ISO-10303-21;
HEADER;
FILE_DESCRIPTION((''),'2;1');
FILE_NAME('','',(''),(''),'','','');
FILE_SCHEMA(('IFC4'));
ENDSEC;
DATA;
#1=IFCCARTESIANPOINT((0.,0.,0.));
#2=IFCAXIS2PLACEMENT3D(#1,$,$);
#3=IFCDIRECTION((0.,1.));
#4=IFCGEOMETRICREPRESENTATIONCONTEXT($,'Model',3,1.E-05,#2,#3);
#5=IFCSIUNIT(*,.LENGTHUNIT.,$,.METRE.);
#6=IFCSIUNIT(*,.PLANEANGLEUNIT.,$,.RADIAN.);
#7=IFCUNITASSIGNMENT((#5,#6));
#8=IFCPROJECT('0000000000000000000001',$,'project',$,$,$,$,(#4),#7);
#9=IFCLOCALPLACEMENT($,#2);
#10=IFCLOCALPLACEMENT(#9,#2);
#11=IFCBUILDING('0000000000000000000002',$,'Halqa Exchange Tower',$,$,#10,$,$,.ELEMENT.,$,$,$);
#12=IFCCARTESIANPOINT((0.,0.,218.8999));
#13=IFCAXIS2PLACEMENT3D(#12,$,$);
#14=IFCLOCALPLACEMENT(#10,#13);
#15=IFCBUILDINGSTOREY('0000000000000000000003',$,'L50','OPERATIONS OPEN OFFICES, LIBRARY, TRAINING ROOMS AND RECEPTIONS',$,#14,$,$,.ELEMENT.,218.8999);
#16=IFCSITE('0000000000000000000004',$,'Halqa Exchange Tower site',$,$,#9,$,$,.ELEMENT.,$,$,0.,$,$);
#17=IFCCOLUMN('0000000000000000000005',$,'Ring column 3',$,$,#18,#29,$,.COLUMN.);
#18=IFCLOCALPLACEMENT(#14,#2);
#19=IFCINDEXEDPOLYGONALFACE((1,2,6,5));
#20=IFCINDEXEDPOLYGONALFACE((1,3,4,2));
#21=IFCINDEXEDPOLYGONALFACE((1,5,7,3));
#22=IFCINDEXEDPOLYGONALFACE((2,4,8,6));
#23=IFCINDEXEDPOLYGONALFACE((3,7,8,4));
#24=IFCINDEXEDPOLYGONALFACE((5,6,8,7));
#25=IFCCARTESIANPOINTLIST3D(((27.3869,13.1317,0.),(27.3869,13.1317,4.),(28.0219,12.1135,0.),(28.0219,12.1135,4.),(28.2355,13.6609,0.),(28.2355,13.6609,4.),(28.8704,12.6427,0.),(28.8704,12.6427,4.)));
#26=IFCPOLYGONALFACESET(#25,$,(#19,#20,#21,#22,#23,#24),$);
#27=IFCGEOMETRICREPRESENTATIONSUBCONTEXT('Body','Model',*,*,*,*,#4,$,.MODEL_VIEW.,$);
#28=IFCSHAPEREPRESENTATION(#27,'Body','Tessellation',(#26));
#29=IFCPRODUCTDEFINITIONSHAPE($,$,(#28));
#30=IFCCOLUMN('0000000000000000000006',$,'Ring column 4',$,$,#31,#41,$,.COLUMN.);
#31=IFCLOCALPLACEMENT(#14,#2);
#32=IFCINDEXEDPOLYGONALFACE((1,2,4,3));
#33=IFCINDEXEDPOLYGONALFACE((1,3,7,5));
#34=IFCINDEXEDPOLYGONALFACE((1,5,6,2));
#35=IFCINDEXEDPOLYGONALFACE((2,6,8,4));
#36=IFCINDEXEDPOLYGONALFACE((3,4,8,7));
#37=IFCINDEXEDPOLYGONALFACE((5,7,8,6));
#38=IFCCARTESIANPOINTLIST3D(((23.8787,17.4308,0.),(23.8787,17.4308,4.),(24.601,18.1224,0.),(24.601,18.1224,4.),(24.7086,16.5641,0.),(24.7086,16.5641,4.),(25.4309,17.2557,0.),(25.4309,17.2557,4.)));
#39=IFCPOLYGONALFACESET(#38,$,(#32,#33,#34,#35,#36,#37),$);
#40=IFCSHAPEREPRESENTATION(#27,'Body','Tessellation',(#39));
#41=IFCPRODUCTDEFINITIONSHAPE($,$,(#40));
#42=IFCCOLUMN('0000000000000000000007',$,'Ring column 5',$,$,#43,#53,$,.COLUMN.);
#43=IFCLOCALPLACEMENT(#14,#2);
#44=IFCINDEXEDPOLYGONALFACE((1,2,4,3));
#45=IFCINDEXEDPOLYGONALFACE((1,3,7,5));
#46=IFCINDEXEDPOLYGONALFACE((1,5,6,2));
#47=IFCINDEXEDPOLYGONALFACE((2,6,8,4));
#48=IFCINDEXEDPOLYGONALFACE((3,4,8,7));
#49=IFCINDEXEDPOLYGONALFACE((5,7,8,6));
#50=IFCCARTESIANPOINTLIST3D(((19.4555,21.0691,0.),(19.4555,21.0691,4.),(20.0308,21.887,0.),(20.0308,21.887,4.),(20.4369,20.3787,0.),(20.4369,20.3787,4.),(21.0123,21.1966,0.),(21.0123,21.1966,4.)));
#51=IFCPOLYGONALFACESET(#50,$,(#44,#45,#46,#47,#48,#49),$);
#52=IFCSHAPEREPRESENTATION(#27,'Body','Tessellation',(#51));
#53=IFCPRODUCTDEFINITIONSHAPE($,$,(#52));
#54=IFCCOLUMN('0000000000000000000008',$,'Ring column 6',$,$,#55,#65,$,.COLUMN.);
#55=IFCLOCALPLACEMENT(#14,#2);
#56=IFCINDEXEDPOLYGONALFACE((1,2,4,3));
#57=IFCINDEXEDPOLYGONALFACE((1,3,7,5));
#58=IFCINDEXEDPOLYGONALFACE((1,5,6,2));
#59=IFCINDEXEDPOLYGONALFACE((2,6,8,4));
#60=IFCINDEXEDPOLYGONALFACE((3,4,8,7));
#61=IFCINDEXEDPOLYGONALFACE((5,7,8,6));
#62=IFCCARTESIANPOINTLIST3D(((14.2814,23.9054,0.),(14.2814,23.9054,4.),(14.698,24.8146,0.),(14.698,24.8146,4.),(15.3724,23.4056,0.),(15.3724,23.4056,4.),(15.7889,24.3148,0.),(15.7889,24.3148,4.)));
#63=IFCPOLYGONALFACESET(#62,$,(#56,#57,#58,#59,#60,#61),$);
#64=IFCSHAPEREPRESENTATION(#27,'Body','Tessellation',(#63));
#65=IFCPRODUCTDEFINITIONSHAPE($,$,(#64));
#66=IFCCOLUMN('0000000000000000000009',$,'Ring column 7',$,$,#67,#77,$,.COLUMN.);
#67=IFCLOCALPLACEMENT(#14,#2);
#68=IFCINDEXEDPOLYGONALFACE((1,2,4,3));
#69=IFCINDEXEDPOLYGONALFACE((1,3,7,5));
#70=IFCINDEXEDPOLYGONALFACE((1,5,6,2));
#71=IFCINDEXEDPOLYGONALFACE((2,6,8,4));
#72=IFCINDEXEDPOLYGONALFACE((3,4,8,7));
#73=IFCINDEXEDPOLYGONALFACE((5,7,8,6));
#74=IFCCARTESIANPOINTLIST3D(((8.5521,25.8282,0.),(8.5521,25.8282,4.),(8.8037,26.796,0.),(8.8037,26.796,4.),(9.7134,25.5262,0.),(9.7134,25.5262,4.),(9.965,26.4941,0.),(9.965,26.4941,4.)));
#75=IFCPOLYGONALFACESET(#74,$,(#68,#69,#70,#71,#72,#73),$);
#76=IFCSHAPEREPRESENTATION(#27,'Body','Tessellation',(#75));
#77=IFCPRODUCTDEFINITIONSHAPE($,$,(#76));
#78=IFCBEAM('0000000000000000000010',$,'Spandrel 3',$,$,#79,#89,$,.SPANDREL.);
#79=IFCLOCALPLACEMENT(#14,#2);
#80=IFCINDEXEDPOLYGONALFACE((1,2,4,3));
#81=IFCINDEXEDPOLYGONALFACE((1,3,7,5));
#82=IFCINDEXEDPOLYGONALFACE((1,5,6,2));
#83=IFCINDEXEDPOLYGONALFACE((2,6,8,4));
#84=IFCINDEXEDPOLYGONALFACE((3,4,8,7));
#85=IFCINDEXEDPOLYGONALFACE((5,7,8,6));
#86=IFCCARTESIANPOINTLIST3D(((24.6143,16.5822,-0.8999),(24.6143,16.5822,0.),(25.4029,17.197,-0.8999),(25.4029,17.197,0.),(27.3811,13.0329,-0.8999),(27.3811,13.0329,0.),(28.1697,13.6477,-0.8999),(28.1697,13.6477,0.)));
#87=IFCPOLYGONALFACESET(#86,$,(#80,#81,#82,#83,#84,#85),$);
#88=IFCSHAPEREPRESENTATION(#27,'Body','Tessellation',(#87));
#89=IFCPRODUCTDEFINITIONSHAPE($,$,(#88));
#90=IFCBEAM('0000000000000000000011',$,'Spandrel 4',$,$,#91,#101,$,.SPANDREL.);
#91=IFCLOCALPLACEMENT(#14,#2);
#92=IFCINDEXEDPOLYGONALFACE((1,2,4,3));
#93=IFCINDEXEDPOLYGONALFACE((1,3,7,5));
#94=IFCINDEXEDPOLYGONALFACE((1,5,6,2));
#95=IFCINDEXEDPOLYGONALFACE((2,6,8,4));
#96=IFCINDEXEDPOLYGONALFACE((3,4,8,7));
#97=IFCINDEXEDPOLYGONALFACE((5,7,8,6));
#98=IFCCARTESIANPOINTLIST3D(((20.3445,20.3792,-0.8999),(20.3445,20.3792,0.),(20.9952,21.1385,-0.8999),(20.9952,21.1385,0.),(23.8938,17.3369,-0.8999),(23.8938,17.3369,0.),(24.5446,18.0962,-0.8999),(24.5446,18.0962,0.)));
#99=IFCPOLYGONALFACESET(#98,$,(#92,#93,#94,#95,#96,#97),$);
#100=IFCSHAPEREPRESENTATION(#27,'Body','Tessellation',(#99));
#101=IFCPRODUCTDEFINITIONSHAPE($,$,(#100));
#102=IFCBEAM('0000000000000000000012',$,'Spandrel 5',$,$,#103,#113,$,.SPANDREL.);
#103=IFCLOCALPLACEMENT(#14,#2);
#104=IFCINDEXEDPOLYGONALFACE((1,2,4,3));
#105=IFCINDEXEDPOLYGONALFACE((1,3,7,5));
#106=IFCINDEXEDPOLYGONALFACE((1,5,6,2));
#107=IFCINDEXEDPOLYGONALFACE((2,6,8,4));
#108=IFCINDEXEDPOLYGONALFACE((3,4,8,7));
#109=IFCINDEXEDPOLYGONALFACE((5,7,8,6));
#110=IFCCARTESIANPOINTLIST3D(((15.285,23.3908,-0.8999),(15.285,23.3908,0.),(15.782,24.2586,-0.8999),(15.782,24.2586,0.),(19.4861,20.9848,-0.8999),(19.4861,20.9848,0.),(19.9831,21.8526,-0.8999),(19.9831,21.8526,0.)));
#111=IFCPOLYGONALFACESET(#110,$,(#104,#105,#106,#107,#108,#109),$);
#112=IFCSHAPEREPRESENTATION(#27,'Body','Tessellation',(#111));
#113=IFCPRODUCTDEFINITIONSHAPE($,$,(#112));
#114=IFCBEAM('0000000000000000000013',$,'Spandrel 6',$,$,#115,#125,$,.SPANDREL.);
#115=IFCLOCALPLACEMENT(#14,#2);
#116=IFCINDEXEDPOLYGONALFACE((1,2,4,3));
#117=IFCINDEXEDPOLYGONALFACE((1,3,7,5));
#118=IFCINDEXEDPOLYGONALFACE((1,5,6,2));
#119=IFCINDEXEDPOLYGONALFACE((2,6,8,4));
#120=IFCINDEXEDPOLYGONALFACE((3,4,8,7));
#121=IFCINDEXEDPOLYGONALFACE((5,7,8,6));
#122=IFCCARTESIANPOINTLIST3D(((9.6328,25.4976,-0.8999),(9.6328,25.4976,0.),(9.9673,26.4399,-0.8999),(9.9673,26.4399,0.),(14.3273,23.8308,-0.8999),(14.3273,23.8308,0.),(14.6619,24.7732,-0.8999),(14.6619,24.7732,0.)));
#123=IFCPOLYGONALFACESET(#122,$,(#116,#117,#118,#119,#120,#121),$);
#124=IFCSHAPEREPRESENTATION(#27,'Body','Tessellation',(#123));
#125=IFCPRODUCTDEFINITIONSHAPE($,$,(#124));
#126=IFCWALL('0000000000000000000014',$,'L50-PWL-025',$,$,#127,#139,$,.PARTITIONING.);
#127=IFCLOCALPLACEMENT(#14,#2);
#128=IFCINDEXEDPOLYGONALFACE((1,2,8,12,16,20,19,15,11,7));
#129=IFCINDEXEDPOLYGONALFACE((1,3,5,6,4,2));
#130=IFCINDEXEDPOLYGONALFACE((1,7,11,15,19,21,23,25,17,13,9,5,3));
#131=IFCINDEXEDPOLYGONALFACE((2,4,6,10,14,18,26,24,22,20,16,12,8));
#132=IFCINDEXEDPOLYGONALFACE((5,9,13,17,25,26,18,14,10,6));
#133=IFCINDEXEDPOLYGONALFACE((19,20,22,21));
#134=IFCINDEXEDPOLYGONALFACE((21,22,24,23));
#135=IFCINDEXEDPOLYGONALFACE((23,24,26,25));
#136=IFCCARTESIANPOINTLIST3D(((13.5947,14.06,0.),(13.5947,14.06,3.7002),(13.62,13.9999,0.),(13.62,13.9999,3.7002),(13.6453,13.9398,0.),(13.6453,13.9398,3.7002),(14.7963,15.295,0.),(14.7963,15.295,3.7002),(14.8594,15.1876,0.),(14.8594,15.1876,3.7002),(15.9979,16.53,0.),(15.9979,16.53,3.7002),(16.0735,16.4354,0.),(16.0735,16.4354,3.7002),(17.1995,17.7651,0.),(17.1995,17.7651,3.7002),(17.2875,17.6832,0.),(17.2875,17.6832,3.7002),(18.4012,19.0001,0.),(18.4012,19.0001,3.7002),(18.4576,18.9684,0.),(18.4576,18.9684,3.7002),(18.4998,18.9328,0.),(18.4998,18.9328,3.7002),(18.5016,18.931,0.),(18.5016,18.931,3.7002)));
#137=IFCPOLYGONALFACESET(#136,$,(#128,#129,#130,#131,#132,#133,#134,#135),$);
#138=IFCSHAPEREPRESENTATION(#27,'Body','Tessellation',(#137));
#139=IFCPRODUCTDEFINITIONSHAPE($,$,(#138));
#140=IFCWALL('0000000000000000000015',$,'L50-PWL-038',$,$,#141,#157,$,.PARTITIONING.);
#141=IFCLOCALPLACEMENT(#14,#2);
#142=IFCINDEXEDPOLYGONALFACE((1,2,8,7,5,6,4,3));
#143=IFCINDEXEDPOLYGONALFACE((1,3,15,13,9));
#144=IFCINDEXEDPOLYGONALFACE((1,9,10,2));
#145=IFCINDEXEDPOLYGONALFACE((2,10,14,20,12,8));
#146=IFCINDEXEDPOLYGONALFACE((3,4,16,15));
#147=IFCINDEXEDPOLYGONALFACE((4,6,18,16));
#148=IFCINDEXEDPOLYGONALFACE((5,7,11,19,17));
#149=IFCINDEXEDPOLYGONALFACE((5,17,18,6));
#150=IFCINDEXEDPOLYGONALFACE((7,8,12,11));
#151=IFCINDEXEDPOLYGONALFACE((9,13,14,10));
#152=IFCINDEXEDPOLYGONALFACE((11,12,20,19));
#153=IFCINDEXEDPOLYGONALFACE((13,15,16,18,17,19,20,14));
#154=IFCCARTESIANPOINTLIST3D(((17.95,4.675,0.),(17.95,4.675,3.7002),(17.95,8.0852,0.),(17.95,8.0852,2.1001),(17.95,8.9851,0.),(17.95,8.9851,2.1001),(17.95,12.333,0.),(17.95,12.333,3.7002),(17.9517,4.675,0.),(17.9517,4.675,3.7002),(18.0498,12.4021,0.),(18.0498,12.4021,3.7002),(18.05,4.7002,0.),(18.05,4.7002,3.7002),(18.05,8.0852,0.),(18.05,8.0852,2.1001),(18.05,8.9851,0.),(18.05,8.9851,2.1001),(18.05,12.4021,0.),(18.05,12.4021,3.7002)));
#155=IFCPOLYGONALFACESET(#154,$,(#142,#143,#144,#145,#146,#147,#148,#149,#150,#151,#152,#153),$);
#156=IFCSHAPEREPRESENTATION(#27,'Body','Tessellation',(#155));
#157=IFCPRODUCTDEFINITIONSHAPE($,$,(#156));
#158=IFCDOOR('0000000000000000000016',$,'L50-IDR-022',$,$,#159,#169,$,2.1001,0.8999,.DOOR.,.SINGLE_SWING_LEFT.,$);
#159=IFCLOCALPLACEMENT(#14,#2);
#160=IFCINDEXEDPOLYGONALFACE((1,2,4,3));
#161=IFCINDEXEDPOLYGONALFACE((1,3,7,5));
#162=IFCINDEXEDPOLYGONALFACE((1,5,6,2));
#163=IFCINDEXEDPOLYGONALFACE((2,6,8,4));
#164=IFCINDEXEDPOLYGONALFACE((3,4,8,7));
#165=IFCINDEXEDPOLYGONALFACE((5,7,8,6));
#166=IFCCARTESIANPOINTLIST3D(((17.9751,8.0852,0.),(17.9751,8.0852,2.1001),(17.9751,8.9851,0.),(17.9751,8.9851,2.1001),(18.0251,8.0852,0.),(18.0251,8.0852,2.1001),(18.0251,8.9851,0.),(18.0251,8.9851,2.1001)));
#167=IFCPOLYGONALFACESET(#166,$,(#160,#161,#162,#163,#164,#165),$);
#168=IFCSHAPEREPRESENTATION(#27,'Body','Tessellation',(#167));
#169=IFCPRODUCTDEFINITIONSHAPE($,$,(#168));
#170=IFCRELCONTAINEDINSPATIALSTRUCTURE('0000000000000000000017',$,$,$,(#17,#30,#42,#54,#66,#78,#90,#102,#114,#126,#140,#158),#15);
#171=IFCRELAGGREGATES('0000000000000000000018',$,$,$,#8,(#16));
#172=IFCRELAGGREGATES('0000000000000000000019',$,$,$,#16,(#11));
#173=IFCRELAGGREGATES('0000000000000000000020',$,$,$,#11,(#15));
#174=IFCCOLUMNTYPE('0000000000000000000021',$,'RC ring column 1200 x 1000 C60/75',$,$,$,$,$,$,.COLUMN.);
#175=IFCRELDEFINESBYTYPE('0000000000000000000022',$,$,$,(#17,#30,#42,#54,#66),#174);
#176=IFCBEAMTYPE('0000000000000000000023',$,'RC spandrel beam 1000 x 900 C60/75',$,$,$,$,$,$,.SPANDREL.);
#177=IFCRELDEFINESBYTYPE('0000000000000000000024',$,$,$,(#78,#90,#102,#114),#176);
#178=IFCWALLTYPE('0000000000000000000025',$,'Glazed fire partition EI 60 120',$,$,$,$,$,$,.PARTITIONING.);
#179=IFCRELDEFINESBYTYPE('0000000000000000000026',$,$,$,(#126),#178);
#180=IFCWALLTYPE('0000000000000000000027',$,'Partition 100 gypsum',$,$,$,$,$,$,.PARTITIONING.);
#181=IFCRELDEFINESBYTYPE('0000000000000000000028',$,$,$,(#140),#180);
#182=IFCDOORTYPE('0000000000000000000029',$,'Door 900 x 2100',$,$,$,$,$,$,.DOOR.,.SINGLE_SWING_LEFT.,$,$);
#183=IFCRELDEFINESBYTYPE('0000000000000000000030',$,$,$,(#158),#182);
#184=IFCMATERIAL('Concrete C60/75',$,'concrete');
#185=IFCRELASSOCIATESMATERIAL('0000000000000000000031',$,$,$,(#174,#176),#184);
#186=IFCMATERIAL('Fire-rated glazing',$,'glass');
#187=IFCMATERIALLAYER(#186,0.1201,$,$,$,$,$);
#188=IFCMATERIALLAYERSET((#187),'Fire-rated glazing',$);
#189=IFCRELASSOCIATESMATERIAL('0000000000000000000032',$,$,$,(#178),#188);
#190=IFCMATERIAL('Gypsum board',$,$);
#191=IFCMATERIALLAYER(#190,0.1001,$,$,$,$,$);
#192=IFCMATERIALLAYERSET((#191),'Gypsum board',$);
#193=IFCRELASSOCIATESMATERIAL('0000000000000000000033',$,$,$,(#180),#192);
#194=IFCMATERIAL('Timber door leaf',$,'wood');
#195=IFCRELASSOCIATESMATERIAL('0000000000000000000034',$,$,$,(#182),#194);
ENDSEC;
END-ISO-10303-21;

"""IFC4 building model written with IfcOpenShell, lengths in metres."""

from ifc_helpers import new_model, si_unit, direction, frame, frame_2d, origin, origin_2d, place, context, subcontext, project, spatial, polyline, rectangle, outline, extrude, material, layer, layer_set, material_profile, profile_set, type_object, element, fill, save


model = new_model("IFC4")

# Units and contexts
model_context = context("Model", 3, precision=1e-05, world=origin(), true_north=direction((0.0, 1.0)))
body_context = subcontext(model_context, "Body", "Model", "MODEL_VIEW")
ifc_project = project(units=[si_unit("LENGTHUNIT", "METRE"), si_unit("PLANEANGLEUNIT", "RADIAN")], contexts=[model_context])

# Site, building, storey
site_placement = place(None, origin())
site = spatial("IfcSite", under=ifc_project, at=site_placement, Name="Halqa Exchange Tower site", CompositionType="ELEMENT", RefElevation=0.0)
building_placement = place(site_placement, origin())
building = spatial("IfcBuilding", under=site, at=building_placement, Name="Halqa Exchange Tower", CompositionType="ELEMENT")
storey_placement = place(building_placement, frame((0.0, 0.0, 218.8999)))
storey = spatial("IfcBuildingStorey", under=building, at=storey_placement, Name="L50", Description="OPERATIONS OPEN OFFICES, LIBRARY, TRAINING ROOMS AND RECEPTIONS", CompositionType="ELEMENT", Elevation=218.8999)

# Columns
ifc_material_1 = material(Name="Concrete C60/75", Category="concrete")
ifc_material_profile_1 = material_profile(ifc_material_1, rectangle(XDim=1.2, YDim=1.0, at=origin_2d()), Name="1200 x 1000")
ifc_profile_set_1 = profile_set([ifc_material_profile_1], Name="Concrete C60/75")
column_type = type_object("IfcColumnType", Name="RC ring column 1200 x 1000 C60/75", PredefinedType="COLUMN", material=ifc_profile_set_1)
for number, where, z_axis, x_axis, name in (
    (1, (28.1287, 12.8872, 0.0), (0.0, 0.0, 1.0), (-0.529145, 0.848531, 0.0), "Ring column 3"),
    (2, (24.6548, 17.3433, 0.0), (0.0, 0.0, 1.0), (-0.691575, 0.722305, 0.0), "Ring column 4"),
    (3, (20.2339, 21.1328, 0.0), (0.0, 0.0, 1.0), (-0.817906, 0.575352, 0.0), "Ring column 5"),
    (4, (15.0352, 24.1101, 0.0), (0.0, 0.0, 1.0), (-0.909129, 0.416514, 0.0), "Ring column 6"),
    (5, (9.2585, 26.1611, 0.0), (0.0, 0.0, 1.0), (-0.967819, 0.251649, 0.0), "Ring column 7"),
):
    element("IfcColumn", number, at=place(storey_placement, frame(where, z_axis=z_axis, x_axis=x_axis)), inside=storey, type_object=column_type, Name=name, PredefinedType="COLUMN", context=body_context, shape_type="SweptSolid", body=[
        extrude(rectangle(XDim=1.2, YDim=1.0, at=origin_2d()), origin(), (0.0, 0.0, 1.0), 4.0),
    ])

# Beams
ifc_material_profile_2 = material_profile(ifc_material_1, rectangle(XDim=1.0, YDim=0.8999, at=origin_2d()), Name="1000 x 900")
ifc_profile_set_2 = profile_set([ifc_material_profile_2], Name="Concrete C60/75")
beam_type = type_object("IfcBeamType", Name="RC spandrel beam 1000 x 900 C60/75", PredefinedType="SPANDREL", material=ifc_profile_set_2)
beam_1_placement = place(storey_placement, frame((27.7754, 13.3403, -0.45), z_axis=(-0.614808, 0.788677, 0.0), x_axis=(-0.788677, -0.614808, 0.0)))
element("IfcBeam", 6, at=beam_1_placement, inside=storey, type_object=beam_type, Name="Spandrel 3", PredefinedType="SPANDREL", context=body_context, shape_type="SweptSolid", body=[
    extrude(rectangle(XDim=1.0, YDim=0.8999, at=origin_2d()), origin(), (0.0, 0.0, 1.0), 4.5002),
])
beam_2_placement = place(storey_placement, frame((24.2192, 17.7166, -0.45), z_axis=(-0.75926, 0.650787, 0.0), x_axis=(-0.650787, -0.75926, 0.0)))
element("IfcBeam", 7, at=beam_2_placement, inside=storey, type_object=beam_type, Name="Spandrel 4", PredefinedType="SPANDREL", context=body_context, shape_type="SweptSolid", body=[
    extrude(rectangle(XDim=1.0, YDim=0.8999, at=origin_2d()), origin(), (0.0, 0.0, 1.0), 4.6748),
])
beam_3_placement = place(storey_placement, frame((19.7346, 21.4187, -0.45), z_axis=(-0.867768, 0.49697, 0.0), x_axis=(-0.49697, -0.867768, 0.0)))
element("IfcBeam", 8, at=beam_3_placement, inside=storey, type_object=beam_type, Name="Spandrel 5", PredefinedType="SPANDREL", context=body_context, shape_type="SweptSolid", body=[
    extrude(rectangle(XDim=1.0, YDim=0.8999, at=origin_2d()), origin(), (0.0, 0.0, 1.0), 4.8413),
])
beam_4_placement = place(storey_placement, frame((14.4946, 24.302, -0.45), z_axis=(-0.942369, 0.334576, 0.0), x_axis=(-0.334576, -0.942369, 0.0)))
element("IfcBeam", 9, at=beam_4_placement, inside=storey, type_object=beam_type, Name="Spandrel 6", PredefinedType="SPANDREL", context=body_context, shape_type="SweptSolid", body=[
    extrude(rectangle(XDim=1.0, YDim=0.8999, at=origin_2d()), origin(), (0.0, 0.0, 1.0), 4.9817),
])

# Wall
ifc_material_2 = material(Name="Fire-rated glazing", Category="glass")
ifc_layer_1 = layer(ifc_material_2, 0.1201)
ifc_layer_set_1 = layer_set([ifc_layer_1], Name="Fire-rated glazing")
wall_type_1 = type_object("IfcWallType", Name="Glazed fire partition EI 60 120", PredefinedType="PARTITIONING", material=ifc_layer_set_1)
wall_1_placement = place(storey_placement, frame((13.6023, 13.9817, 0.0), z_axis=(0.0, 0.0, 1.0), x_axis=(0.697347, 0.716734, 0.0)))
element("IfcWall", 10, at=wall_1_placement, inside=storey, type_object=wall_type_1, Name="L50-PWL-025", PredefinedType="PARTITIONING", context=body_context, shape_type="SweptSolid", body=[
    extrude(outline(polyline([(6.9639, -0.0601), (6.9639, -0.0576), (6.96, -0.0024), (6.9434, 0.0601), (5.2202, 0.0601), (3.4971, 0.0601), (1.7739, 0.0601), (0.0508, 0.0601), (0.0508, 0.0601), (0.0254, 0.0), (0.0, -0.0601), (1.741, -0.0601), (3.4819, -0.0601), (5.2229, -0.0601), (6.9639, -0.0601)])), origin(), (0.0, 0.0, 1.0), 3.7002),
])

# Wall, opening, door
ifc_material_3 = material(Name="Gypsum board")
ifc_layer_2 = layer(ifc_material_3, 0.1001)
ifc_layer_set_2 = layer_set([ifc_layer_2], Name="Gypsum board")
wall_type_2 = type_object("IfcWallType", Name="Partition 100 gypsum", PredefinedType="PARTITIONING", material=ifc_layer_set_2)
wall_2_placement = place(storey_placement, frame((18.0, 12.4021, 0.0), z_axis=(0.0, 0.0, 1.0), x_axis=(0.0, -1.0, 0.0)))
wall_2 = element("IfcWall", 11, at=wall_2_placement, inside=storey, type_object=wall_type_2, Name="L50-PWL-038", PredefinedType="PARTITIONING", context=body_context, shape_type="SweptSolid", body=[
    extrude(outline(polyline([(7.7271, -0.05), (7.7271, -0.0483), (7.7019, 0.05), (5.7764, 0.05), (3.8508, 0.05), (1.9255, 0.05), (0.0, 0.05), (0.0, 0.0498), (0.0691, -0.05), (1.9836, -0.05), (3.8979, -0.05), (5.8125, -0.05), (7.7271, -0.05)])), origin(), (0.0, 0.0, 1.0), 3.7002),
])
opening_1_placement = place(wall_2_placement, frame((3.417, 0.0, 0.0)))
opening_1 = element("IfcOpeningElement", 12, at=opening_1_placement, cuts=wall_2, PredefinedType="OPENING", context=body_context, shape_type="SweptSolid", body=[
    extrude(rectangle(XDim=0.8999, YDim=2.1001, at=frame_2d((0.45, 1.05))), frame((0.0, 0.062, 0.0), z_axis=(0.0, -1.0, 0.0), x_axis=(1.0, 0.0, 0.0)), (0.0, 0.0, 1.0), 0.124),
])
ifc_material_4 = material(Name="Timber door leaf", Category="wood")
door_type_1 = type_object("IfcDoorType", Name="Door 900 x 2100", OperationType="SINGLE_SWING_LEFT", PredefinedType="DOOR", material=ifc_material_4)
door_1_placement = place(opening_1_placement, frame((0.8999, 0.0, 0.0), z_axis=(0.0, 0.0, 1.0), x_axis=(-1.0, 0.0, 0.0)))
door_1 = element("IfcDoor", 13, at=door_1_placement, inside=storey, type_object=door_type_1, Name="L50-IDR-022", OperationType="SINGLE_SWING_LEFT", OverallHeight=2.1001, OverallWidth=0.8999, PredefinedType="DOOR", context=body_context, shape_type="SweptSolid", body=[
    extrude(rectangle(XDim=0.8999, YDim=2.1001, at=frame_2d((0.45, 1.05))), frame((0.0, 0.0249, 0.0), z_axis=(0.0, -1.0, 0.0), x_axis=(1.0, 0.0, 0.0)), (0.0, 0.0, 1.0), 0.05),
])
fill(opening_1, door_1)

save(model, "model.ifc")
